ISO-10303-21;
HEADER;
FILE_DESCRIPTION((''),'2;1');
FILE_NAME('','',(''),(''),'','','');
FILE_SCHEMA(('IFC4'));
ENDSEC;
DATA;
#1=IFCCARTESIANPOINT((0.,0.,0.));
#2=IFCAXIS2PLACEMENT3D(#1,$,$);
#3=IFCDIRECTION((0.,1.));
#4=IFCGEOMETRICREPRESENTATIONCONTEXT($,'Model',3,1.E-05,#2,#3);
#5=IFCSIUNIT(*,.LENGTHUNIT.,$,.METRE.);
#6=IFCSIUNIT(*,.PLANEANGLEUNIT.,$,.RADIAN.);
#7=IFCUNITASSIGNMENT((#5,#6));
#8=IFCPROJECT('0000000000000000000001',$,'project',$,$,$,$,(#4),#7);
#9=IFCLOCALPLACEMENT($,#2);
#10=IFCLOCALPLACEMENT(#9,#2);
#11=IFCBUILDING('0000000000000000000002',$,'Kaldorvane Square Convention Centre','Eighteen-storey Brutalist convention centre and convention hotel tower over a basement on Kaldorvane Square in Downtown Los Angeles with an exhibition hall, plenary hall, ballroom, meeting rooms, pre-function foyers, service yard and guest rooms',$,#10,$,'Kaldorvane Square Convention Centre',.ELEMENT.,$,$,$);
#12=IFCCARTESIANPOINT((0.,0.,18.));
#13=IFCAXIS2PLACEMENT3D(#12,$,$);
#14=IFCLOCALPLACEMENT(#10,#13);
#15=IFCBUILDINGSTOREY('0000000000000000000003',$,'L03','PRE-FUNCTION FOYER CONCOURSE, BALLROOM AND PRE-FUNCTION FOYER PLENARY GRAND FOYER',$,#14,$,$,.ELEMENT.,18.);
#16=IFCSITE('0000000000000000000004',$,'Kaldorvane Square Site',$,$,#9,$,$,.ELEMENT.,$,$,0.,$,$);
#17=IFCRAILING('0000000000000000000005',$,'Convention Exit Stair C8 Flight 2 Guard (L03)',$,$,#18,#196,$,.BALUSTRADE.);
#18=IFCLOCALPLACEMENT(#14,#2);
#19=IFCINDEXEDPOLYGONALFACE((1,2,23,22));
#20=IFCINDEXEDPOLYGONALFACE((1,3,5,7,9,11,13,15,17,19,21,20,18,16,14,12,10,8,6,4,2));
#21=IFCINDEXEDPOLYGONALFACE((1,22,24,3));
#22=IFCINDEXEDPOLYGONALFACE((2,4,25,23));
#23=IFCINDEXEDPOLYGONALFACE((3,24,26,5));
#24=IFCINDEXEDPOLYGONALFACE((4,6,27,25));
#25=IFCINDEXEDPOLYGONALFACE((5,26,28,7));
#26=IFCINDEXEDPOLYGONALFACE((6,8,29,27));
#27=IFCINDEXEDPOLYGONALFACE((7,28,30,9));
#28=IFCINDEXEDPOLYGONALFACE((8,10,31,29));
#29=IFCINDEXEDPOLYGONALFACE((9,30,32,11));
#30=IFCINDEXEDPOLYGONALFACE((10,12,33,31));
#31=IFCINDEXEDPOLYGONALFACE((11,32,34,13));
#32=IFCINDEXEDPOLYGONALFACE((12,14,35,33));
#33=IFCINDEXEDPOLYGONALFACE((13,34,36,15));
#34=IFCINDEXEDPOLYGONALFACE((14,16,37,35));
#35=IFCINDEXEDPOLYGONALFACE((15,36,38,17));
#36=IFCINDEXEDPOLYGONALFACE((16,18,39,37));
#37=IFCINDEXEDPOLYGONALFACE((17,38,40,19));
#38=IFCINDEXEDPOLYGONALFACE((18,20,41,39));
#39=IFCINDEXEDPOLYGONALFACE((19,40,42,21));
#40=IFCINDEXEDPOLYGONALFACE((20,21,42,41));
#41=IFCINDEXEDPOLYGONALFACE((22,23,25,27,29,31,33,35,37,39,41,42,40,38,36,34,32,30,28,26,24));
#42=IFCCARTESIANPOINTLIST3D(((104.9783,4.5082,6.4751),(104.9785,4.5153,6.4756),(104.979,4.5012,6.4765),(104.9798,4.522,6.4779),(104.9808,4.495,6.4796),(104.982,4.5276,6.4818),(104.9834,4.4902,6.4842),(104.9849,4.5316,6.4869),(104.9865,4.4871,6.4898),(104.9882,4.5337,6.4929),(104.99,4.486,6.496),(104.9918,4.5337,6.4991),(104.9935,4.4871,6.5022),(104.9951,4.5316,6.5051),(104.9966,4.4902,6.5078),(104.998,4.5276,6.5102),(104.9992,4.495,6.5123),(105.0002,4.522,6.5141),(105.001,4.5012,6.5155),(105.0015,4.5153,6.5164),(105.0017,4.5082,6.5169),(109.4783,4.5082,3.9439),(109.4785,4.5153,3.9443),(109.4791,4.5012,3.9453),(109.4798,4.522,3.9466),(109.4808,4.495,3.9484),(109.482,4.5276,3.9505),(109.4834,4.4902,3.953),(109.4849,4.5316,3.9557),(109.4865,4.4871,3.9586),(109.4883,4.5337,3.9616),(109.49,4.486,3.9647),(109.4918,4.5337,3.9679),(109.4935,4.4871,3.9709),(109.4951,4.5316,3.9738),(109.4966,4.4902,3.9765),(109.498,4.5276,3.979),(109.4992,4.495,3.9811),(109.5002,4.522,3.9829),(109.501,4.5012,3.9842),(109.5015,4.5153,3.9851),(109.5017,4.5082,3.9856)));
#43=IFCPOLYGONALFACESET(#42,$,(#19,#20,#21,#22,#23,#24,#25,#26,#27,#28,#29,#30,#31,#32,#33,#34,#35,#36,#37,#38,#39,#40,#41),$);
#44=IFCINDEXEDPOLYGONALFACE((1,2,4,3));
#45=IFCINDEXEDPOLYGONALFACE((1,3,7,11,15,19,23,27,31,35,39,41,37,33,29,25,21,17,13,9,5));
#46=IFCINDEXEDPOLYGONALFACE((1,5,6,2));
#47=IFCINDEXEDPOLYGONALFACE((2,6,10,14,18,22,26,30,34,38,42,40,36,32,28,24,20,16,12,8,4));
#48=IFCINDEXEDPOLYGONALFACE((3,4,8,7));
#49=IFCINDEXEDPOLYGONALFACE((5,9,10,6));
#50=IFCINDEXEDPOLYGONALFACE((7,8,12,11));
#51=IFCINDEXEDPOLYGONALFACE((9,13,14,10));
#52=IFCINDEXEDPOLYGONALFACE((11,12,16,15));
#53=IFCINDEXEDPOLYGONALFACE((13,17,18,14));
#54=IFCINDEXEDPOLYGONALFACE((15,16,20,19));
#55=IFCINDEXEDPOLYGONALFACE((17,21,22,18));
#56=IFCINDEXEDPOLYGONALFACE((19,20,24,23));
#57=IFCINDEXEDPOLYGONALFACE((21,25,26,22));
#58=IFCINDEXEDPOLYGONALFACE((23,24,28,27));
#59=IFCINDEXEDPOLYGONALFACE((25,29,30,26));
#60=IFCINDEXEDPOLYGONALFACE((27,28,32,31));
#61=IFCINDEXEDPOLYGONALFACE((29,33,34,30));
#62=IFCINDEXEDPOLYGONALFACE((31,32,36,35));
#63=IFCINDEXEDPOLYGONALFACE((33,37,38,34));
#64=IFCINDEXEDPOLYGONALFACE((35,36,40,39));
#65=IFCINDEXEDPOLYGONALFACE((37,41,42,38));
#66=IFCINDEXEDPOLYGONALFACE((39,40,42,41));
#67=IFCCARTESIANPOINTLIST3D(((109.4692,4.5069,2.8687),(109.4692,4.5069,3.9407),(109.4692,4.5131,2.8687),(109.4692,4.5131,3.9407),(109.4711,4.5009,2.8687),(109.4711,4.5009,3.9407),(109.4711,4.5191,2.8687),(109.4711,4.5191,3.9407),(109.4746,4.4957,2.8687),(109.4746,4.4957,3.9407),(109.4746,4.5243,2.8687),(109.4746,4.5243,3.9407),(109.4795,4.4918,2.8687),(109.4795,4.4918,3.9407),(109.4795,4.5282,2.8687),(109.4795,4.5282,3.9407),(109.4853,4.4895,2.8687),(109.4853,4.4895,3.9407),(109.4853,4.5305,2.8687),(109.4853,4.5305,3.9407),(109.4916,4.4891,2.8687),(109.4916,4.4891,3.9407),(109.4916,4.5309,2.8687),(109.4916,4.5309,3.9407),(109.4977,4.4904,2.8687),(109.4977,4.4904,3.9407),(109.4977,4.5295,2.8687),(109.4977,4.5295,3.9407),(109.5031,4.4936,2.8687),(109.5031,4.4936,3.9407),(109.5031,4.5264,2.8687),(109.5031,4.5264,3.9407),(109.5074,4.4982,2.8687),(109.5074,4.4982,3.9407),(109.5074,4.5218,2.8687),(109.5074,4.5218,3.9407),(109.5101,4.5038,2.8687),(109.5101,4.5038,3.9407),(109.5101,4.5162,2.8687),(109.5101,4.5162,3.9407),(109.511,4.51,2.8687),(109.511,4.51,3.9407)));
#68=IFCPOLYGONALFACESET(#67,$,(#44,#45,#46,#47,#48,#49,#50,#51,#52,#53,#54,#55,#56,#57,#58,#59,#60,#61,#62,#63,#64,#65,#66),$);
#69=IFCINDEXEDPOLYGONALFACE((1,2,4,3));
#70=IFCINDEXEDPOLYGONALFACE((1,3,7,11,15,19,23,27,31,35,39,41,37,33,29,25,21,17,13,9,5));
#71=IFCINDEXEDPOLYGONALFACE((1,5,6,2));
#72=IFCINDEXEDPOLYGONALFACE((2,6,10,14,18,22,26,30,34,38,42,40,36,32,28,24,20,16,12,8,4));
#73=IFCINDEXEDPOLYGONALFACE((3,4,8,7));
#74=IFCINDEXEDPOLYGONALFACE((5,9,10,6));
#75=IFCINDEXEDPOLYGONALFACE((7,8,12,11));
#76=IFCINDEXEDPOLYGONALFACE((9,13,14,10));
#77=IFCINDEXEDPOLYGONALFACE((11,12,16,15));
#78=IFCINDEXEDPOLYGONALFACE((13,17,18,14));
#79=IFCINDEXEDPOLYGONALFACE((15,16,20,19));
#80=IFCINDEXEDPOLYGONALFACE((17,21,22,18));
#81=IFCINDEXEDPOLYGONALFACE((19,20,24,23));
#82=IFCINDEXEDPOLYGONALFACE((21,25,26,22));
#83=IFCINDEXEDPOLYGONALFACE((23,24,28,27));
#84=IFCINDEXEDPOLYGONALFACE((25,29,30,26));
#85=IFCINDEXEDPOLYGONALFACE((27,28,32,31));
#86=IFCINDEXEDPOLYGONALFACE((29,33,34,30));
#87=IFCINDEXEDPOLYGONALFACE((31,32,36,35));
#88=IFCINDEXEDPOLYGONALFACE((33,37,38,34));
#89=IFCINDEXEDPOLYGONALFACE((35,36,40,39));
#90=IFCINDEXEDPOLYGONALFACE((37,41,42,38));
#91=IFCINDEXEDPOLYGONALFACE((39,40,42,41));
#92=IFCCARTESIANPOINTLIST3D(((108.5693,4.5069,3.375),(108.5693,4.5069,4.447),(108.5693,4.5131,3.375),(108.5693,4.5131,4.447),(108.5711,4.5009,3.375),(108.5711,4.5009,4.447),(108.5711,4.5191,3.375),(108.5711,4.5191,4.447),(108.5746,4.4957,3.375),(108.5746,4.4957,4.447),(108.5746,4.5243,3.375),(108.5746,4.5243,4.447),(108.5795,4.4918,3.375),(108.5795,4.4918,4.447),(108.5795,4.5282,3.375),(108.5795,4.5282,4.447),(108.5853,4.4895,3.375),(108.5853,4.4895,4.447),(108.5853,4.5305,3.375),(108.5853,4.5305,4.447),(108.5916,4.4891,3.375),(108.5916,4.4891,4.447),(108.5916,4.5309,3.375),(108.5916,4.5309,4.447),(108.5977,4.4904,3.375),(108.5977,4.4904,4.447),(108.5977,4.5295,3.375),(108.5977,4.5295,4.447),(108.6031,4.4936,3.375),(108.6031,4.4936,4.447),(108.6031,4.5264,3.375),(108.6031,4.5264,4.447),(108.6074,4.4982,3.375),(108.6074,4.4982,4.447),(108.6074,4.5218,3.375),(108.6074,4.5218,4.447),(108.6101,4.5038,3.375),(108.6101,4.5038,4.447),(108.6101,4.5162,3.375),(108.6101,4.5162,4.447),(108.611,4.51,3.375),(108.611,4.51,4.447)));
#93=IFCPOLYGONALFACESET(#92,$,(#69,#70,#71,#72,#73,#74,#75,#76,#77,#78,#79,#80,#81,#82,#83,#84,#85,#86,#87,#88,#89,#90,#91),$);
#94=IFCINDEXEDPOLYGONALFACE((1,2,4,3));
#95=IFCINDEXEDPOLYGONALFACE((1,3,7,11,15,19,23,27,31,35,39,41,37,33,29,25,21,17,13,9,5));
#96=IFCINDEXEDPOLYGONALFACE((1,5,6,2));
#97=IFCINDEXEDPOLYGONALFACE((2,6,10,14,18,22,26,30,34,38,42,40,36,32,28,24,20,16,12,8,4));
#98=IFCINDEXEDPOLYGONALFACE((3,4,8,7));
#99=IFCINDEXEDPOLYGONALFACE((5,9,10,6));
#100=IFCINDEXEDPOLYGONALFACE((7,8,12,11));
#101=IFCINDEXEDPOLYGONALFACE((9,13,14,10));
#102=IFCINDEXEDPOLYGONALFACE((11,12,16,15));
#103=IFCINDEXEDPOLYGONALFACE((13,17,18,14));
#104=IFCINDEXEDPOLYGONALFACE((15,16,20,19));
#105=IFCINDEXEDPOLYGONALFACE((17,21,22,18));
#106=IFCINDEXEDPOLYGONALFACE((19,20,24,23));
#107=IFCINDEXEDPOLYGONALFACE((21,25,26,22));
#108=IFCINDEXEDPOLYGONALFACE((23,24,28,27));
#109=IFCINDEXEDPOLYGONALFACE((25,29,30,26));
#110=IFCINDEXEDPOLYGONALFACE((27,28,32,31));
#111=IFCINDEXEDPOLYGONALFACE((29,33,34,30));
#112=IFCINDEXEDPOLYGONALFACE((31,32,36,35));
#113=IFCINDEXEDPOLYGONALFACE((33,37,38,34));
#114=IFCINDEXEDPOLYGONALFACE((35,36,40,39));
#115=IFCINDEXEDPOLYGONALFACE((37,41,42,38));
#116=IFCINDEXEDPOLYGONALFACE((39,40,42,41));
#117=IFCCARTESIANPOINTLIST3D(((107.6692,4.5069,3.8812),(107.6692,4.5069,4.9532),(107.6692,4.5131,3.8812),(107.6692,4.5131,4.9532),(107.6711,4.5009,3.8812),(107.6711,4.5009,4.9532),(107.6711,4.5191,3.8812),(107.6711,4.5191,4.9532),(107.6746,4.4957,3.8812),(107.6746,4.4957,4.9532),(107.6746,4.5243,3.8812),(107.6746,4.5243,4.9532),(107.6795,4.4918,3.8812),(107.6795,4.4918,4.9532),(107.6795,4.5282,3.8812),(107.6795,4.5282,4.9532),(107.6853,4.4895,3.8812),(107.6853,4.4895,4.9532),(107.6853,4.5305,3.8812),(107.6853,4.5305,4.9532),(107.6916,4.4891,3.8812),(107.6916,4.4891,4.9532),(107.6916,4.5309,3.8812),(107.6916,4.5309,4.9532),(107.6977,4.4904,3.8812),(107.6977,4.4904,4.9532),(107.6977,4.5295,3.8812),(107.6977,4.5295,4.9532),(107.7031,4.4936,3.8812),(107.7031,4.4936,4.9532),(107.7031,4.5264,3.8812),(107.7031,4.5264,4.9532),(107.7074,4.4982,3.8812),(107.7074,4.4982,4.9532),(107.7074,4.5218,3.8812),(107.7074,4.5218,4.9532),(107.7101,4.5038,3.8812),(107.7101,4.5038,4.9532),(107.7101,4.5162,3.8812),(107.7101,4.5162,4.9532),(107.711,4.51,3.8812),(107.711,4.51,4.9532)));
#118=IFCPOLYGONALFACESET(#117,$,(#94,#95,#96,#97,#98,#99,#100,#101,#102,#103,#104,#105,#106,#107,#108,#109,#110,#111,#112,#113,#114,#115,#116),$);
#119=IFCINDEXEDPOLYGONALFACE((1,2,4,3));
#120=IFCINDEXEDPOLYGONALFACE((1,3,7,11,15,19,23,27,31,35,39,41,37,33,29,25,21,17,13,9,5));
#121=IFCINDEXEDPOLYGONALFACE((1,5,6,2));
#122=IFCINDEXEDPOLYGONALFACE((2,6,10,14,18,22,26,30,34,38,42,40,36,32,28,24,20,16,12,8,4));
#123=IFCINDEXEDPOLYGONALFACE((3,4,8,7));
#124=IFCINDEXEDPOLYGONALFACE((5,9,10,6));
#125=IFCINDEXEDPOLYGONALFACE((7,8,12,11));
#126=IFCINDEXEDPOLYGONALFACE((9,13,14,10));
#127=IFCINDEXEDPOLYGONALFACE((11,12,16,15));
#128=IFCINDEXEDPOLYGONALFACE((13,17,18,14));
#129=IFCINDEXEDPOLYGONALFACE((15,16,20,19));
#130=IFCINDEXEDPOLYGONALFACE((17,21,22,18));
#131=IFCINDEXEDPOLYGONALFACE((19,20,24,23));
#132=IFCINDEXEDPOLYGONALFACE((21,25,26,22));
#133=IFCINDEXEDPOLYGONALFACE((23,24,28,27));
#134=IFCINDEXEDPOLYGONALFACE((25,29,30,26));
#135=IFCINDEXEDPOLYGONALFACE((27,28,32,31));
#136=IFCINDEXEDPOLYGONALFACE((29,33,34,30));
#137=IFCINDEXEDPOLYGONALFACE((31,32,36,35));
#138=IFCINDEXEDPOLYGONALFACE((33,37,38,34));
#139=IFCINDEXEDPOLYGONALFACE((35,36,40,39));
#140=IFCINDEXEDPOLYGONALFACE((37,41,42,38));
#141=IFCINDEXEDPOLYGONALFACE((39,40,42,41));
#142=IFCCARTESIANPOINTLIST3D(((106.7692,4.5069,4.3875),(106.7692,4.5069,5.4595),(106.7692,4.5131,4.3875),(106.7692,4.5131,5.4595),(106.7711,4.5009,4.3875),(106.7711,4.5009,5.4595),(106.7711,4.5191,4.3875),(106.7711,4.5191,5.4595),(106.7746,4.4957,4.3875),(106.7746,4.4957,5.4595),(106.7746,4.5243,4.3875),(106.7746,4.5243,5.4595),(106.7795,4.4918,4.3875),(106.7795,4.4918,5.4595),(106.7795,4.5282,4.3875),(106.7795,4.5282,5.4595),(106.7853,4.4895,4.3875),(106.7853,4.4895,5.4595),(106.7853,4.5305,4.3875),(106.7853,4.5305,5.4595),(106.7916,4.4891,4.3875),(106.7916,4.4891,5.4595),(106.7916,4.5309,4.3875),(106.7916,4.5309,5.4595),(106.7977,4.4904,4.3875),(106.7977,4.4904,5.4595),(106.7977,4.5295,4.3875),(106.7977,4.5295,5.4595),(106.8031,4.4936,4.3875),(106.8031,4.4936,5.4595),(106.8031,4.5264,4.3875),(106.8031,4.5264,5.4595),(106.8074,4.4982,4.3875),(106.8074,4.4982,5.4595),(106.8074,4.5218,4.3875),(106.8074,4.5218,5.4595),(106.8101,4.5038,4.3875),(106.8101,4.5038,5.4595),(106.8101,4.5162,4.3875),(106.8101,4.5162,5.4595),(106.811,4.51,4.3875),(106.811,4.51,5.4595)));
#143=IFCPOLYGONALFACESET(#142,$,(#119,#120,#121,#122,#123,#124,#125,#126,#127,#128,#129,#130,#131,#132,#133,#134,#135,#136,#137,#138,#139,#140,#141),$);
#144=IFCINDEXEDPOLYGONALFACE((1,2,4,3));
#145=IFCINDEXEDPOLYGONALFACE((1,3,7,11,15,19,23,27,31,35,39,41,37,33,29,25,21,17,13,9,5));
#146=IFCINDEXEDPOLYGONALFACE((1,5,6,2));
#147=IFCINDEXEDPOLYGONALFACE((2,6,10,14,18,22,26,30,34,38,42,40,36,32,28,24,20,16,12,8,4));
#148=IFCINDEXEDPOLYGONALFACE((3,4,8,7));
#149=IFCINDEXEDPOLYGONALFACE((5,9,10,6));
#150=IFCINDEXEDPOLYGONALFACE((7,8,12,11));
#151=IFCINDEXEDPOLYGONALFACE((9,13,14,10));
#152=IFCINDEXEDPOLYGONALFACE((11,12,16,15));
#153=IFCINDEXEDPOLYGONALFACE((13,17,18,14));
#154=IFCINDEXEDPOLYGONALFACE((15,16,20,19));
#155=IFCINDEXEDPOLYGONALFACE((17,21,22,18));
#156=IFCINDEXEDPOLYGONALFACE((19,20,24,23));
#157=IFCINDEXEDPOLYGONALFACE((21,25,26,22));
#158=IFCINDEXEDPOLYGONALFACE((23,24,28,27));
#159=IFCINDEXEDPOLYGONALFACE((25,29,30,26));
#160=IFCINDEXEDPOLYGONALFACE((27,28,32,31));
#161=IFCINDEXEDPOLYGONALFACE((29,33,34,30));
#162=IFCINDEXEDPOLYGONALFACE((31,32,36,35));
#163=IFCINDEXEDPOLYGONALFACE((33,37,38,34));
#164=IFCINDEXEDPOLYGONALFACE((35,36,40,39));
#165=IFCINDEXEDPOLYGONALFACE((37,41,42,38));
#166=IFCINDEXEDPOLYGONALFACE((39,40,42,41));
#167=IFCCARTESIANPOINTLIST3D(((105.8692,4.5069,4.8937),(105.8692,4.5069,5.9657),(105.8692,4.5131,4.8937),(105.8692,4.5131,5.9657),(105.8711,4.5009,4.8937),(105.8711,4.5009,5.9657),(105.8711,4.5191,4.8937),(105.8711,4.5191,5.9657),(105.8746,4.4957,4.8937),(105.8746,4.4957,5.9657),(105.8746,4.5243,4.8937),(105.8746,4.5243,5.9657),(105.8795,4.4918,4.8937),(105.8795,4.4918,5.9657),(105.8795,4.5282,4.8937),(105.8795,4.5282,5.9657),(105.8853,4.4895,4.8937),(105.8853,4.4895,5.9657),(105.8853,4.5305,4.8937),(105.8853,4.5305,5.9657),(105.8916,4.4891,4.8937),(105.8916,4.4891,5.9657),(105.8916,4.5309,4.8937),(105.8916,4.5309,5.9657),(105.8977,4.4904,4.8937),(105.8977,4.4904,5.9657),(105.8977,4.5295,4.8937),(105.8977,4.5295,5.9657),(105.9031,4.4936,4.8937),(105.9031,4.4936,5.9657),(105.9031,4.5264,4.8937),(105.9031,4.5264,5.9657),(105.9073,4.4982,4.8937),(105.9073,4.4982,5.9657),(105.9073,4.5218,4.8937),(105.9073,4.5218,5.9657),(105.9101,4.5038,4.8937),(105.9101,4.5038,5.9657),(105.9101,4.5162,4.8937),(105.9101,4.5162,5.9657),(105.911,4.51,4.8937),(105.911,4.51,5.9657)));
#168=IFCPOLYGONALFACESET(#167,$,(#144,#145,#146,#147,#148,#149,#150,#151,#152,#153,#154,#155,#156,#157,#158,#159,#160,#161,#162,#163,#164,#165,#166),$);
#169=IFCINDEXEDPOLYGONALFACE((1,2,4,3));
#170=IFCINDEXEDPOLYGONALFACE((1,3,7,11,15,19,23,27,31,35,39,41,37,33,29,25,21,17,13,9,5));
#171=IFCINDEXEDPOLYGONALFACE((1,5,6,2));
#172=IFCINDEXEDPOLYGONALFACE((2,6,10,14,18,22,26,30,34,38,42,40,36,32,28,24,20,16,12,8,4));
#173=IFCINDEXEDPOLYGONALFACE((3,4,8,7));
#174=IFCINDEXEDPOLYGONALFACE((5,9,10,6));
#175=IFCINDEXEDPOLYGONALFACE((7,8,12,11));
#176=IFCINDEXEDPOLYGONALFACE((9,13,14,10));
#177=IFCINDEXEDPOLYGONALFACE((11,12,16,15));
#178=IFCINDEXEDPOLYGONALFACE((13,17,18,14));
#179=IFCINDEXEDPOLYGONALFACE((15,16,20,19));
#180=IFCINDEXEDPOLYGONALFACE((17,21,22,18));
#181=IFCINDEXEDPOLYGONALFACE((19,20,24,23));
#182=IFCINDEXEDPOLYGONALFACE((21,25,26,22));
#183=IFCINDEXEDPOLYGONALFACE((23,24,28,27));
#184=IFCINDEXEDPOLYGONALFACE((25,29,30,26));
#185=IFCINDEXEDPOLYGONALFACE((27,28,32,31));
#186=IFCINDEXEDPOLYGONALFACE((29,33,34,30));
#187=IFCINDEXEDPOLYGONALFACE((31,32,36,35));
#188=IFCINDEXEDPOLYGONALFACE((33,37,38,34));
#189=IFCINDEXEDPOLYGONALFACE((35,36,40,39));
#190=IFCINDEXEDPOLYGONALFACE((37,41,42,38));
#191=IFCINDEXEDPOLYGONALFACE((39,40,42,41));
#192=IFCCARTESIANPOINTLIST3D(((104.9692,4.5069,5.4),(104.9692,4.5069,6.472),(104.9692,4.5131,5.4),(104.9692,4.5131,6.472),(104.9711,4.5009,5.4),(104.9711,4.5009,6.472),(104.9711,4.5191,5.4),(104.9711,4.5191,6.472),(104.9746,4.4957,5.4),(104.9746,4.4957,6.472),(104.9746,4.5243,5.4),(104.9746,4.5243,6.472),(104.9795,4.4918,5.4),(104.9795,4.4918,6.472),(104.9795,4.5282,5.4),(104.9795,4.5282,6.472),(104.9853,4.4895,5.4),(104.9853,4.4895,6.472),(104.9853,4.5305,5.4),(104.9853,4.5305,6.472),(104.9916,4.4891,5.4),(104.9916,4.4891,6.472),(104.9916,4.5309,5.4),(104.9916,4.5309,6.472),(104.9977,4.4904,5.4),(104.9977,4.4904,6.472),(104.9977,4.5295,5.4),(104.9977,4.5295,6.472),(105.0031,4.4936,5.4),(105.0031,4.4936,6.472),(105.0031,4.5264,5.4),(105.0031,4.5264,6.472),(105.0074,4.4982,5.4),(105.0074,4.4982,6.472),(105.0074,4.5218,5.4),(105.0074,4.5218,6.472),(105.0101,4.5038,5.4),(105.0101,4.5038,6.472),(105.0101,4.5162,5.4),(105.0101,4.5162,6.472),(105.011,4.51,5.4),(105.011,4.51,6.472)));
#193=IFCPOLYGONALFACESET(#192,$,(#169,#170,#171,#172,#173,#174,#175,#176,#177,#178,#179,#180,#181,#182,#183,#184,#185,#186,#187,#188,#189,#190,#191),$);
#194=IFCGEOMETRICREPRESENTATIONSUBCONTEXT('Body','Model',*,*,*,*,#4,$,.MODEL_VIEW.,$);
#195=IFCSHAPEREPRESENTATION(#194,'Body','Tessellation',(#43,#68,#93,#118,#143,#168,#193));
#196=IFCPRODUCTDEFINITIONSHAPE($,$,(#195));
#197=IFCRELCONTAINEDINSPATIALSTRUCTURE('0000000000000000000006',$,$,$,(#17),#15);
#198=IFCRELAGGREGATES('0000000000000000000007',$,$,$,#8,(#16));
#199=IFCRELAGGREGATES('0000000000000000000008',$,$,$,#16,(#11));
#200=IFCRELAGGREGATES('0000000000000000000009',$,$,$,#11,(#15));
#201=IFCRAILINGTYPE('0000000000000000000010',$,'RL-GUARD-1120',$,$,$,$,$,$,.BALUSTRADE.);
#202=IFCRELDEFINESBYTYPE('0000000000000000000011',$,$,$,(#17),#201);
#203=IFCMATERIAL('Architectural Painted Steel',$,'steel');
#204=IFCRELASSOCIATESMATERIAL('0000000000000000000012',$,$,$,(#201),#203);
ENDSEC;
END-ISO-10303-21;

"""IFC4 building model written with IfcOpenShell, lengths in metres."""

from ifc_helpers import new_model, si_unit, direction, frame, origin, origin_2d, place, context, subcontext, project, spatial, circle, extrude, material, type_object, element, save


model = new_model("IFC4")

# Units and contexts
model_context = context("Model", 3, precision=1e-05, world=origin(), true_north=direction((0.0, 1.0)))
body_context = subcontext(model_context, "Body", "Model", "MODEL_VIEW")
ifc_project = project(units=[si_unit("LENGTHUNIT", "METRE"), si_unit("PLANEANGLEUNIT", "RADIAN")], contexts=[model_context])

# Site, building, storey
site_placement = place(None, origin())
site = spatial("IfcSite", under=ifc_project, at=site_placement, Name="Kaldorvane Square Site", CompositionType="ELEMENT", RefElevation=0.0)
building_placement = place(site_placement, origin())
building = spatial("IfcBuilding", under=site, at=building_placement, Name="Kaldorvane Square Convention Centre", Description="Eighteen-storey Brutalist convention centre and convention hotel tower over a basement on Kaldorvane Square in Downtown Los Angeles with an exhibition hall, plenary hall, ballroom, meeting rooms, pre-function foyers, service yard and guest rooms", LongName="Kaldorvane Square Convention Centre", CompositionType="ELEMENT")
storey_placement = place(building_placement, frame((0.0, 0.0, 18.0)))
storey = spatial("IfcBuildingStorey", under=building, at=storey_placement, Name="L03", Description="PRE-FUNCTION FOYER CONCOURSE, BALLROOM AND PRE-FUNCTION FOYER PLENARY GRAND FOYER", CompositionType="ELEMENT", Elevation=18.0)

# Railing
ifc_material_1 = material(Name="Architectural Painted Steel", Category="steel")
railing_type_1 = type_object("IfcRailingType", Name="RL-GUARD-1120", PredefinedType="BALUSTRADE", material=ifc_material_1)
railing_1_placement = place(storey_placement, frame((109.49, 4.51, 2.8687)))
element("IfcRailing", 1, at=railing_1_placement, inside=storey, type_object=railing_type_1, Name="Convention Exit Stair C8 Flight 2 Guard (L03)", PredefinedType="BALUSTRADE", context=body_context, shape_type="SweptSolid", body=[
    extrude(circle(Radius=0.024, at=origin_2d()), frame((0.0, 0.0, 1.096), z_axis=(-0.871576, 0.0, 0.490261), x_axis=(0.0, -1.0, 0.0)), (0.0, 0.0, 1.0), 5.1631),
    extrude(circle(Radius=0.021, at=origin_2d()), origin(), (0.0, 0.0, 1.0), 1.072),
    extrude(circle(Radius=0.021, at=origin_2d()), frame((-0.9, 0.0, 0.5063)), (0.0, 0.0, 1.0), 1.072),
    extrude(circle(Radius=0.021, at=origin_2d()), frame((-1.8, 0.0, 1.0125)), (0.0, 0.0, 1.0), 1.072),
    extrude(circle(Radius=0.021, at=origin_2d()), frame((-2.7, 0.0, 1.5188)), (0.0, 0.0, 1.0), 1.072),
    extrude(circle(Radius=0.021, at=origin_2d()), frame((-3.6, 0.0, 2.025)), (0.0, 0.0, 1.0), 1.072),
    extrude(circle(Radius=0.021, at=origin_2d()), frame((-4.5, 0.0, 2.5312)), (0.0, 0.0, 1.0), 1.072),
])

save(model, "model.ifc")
